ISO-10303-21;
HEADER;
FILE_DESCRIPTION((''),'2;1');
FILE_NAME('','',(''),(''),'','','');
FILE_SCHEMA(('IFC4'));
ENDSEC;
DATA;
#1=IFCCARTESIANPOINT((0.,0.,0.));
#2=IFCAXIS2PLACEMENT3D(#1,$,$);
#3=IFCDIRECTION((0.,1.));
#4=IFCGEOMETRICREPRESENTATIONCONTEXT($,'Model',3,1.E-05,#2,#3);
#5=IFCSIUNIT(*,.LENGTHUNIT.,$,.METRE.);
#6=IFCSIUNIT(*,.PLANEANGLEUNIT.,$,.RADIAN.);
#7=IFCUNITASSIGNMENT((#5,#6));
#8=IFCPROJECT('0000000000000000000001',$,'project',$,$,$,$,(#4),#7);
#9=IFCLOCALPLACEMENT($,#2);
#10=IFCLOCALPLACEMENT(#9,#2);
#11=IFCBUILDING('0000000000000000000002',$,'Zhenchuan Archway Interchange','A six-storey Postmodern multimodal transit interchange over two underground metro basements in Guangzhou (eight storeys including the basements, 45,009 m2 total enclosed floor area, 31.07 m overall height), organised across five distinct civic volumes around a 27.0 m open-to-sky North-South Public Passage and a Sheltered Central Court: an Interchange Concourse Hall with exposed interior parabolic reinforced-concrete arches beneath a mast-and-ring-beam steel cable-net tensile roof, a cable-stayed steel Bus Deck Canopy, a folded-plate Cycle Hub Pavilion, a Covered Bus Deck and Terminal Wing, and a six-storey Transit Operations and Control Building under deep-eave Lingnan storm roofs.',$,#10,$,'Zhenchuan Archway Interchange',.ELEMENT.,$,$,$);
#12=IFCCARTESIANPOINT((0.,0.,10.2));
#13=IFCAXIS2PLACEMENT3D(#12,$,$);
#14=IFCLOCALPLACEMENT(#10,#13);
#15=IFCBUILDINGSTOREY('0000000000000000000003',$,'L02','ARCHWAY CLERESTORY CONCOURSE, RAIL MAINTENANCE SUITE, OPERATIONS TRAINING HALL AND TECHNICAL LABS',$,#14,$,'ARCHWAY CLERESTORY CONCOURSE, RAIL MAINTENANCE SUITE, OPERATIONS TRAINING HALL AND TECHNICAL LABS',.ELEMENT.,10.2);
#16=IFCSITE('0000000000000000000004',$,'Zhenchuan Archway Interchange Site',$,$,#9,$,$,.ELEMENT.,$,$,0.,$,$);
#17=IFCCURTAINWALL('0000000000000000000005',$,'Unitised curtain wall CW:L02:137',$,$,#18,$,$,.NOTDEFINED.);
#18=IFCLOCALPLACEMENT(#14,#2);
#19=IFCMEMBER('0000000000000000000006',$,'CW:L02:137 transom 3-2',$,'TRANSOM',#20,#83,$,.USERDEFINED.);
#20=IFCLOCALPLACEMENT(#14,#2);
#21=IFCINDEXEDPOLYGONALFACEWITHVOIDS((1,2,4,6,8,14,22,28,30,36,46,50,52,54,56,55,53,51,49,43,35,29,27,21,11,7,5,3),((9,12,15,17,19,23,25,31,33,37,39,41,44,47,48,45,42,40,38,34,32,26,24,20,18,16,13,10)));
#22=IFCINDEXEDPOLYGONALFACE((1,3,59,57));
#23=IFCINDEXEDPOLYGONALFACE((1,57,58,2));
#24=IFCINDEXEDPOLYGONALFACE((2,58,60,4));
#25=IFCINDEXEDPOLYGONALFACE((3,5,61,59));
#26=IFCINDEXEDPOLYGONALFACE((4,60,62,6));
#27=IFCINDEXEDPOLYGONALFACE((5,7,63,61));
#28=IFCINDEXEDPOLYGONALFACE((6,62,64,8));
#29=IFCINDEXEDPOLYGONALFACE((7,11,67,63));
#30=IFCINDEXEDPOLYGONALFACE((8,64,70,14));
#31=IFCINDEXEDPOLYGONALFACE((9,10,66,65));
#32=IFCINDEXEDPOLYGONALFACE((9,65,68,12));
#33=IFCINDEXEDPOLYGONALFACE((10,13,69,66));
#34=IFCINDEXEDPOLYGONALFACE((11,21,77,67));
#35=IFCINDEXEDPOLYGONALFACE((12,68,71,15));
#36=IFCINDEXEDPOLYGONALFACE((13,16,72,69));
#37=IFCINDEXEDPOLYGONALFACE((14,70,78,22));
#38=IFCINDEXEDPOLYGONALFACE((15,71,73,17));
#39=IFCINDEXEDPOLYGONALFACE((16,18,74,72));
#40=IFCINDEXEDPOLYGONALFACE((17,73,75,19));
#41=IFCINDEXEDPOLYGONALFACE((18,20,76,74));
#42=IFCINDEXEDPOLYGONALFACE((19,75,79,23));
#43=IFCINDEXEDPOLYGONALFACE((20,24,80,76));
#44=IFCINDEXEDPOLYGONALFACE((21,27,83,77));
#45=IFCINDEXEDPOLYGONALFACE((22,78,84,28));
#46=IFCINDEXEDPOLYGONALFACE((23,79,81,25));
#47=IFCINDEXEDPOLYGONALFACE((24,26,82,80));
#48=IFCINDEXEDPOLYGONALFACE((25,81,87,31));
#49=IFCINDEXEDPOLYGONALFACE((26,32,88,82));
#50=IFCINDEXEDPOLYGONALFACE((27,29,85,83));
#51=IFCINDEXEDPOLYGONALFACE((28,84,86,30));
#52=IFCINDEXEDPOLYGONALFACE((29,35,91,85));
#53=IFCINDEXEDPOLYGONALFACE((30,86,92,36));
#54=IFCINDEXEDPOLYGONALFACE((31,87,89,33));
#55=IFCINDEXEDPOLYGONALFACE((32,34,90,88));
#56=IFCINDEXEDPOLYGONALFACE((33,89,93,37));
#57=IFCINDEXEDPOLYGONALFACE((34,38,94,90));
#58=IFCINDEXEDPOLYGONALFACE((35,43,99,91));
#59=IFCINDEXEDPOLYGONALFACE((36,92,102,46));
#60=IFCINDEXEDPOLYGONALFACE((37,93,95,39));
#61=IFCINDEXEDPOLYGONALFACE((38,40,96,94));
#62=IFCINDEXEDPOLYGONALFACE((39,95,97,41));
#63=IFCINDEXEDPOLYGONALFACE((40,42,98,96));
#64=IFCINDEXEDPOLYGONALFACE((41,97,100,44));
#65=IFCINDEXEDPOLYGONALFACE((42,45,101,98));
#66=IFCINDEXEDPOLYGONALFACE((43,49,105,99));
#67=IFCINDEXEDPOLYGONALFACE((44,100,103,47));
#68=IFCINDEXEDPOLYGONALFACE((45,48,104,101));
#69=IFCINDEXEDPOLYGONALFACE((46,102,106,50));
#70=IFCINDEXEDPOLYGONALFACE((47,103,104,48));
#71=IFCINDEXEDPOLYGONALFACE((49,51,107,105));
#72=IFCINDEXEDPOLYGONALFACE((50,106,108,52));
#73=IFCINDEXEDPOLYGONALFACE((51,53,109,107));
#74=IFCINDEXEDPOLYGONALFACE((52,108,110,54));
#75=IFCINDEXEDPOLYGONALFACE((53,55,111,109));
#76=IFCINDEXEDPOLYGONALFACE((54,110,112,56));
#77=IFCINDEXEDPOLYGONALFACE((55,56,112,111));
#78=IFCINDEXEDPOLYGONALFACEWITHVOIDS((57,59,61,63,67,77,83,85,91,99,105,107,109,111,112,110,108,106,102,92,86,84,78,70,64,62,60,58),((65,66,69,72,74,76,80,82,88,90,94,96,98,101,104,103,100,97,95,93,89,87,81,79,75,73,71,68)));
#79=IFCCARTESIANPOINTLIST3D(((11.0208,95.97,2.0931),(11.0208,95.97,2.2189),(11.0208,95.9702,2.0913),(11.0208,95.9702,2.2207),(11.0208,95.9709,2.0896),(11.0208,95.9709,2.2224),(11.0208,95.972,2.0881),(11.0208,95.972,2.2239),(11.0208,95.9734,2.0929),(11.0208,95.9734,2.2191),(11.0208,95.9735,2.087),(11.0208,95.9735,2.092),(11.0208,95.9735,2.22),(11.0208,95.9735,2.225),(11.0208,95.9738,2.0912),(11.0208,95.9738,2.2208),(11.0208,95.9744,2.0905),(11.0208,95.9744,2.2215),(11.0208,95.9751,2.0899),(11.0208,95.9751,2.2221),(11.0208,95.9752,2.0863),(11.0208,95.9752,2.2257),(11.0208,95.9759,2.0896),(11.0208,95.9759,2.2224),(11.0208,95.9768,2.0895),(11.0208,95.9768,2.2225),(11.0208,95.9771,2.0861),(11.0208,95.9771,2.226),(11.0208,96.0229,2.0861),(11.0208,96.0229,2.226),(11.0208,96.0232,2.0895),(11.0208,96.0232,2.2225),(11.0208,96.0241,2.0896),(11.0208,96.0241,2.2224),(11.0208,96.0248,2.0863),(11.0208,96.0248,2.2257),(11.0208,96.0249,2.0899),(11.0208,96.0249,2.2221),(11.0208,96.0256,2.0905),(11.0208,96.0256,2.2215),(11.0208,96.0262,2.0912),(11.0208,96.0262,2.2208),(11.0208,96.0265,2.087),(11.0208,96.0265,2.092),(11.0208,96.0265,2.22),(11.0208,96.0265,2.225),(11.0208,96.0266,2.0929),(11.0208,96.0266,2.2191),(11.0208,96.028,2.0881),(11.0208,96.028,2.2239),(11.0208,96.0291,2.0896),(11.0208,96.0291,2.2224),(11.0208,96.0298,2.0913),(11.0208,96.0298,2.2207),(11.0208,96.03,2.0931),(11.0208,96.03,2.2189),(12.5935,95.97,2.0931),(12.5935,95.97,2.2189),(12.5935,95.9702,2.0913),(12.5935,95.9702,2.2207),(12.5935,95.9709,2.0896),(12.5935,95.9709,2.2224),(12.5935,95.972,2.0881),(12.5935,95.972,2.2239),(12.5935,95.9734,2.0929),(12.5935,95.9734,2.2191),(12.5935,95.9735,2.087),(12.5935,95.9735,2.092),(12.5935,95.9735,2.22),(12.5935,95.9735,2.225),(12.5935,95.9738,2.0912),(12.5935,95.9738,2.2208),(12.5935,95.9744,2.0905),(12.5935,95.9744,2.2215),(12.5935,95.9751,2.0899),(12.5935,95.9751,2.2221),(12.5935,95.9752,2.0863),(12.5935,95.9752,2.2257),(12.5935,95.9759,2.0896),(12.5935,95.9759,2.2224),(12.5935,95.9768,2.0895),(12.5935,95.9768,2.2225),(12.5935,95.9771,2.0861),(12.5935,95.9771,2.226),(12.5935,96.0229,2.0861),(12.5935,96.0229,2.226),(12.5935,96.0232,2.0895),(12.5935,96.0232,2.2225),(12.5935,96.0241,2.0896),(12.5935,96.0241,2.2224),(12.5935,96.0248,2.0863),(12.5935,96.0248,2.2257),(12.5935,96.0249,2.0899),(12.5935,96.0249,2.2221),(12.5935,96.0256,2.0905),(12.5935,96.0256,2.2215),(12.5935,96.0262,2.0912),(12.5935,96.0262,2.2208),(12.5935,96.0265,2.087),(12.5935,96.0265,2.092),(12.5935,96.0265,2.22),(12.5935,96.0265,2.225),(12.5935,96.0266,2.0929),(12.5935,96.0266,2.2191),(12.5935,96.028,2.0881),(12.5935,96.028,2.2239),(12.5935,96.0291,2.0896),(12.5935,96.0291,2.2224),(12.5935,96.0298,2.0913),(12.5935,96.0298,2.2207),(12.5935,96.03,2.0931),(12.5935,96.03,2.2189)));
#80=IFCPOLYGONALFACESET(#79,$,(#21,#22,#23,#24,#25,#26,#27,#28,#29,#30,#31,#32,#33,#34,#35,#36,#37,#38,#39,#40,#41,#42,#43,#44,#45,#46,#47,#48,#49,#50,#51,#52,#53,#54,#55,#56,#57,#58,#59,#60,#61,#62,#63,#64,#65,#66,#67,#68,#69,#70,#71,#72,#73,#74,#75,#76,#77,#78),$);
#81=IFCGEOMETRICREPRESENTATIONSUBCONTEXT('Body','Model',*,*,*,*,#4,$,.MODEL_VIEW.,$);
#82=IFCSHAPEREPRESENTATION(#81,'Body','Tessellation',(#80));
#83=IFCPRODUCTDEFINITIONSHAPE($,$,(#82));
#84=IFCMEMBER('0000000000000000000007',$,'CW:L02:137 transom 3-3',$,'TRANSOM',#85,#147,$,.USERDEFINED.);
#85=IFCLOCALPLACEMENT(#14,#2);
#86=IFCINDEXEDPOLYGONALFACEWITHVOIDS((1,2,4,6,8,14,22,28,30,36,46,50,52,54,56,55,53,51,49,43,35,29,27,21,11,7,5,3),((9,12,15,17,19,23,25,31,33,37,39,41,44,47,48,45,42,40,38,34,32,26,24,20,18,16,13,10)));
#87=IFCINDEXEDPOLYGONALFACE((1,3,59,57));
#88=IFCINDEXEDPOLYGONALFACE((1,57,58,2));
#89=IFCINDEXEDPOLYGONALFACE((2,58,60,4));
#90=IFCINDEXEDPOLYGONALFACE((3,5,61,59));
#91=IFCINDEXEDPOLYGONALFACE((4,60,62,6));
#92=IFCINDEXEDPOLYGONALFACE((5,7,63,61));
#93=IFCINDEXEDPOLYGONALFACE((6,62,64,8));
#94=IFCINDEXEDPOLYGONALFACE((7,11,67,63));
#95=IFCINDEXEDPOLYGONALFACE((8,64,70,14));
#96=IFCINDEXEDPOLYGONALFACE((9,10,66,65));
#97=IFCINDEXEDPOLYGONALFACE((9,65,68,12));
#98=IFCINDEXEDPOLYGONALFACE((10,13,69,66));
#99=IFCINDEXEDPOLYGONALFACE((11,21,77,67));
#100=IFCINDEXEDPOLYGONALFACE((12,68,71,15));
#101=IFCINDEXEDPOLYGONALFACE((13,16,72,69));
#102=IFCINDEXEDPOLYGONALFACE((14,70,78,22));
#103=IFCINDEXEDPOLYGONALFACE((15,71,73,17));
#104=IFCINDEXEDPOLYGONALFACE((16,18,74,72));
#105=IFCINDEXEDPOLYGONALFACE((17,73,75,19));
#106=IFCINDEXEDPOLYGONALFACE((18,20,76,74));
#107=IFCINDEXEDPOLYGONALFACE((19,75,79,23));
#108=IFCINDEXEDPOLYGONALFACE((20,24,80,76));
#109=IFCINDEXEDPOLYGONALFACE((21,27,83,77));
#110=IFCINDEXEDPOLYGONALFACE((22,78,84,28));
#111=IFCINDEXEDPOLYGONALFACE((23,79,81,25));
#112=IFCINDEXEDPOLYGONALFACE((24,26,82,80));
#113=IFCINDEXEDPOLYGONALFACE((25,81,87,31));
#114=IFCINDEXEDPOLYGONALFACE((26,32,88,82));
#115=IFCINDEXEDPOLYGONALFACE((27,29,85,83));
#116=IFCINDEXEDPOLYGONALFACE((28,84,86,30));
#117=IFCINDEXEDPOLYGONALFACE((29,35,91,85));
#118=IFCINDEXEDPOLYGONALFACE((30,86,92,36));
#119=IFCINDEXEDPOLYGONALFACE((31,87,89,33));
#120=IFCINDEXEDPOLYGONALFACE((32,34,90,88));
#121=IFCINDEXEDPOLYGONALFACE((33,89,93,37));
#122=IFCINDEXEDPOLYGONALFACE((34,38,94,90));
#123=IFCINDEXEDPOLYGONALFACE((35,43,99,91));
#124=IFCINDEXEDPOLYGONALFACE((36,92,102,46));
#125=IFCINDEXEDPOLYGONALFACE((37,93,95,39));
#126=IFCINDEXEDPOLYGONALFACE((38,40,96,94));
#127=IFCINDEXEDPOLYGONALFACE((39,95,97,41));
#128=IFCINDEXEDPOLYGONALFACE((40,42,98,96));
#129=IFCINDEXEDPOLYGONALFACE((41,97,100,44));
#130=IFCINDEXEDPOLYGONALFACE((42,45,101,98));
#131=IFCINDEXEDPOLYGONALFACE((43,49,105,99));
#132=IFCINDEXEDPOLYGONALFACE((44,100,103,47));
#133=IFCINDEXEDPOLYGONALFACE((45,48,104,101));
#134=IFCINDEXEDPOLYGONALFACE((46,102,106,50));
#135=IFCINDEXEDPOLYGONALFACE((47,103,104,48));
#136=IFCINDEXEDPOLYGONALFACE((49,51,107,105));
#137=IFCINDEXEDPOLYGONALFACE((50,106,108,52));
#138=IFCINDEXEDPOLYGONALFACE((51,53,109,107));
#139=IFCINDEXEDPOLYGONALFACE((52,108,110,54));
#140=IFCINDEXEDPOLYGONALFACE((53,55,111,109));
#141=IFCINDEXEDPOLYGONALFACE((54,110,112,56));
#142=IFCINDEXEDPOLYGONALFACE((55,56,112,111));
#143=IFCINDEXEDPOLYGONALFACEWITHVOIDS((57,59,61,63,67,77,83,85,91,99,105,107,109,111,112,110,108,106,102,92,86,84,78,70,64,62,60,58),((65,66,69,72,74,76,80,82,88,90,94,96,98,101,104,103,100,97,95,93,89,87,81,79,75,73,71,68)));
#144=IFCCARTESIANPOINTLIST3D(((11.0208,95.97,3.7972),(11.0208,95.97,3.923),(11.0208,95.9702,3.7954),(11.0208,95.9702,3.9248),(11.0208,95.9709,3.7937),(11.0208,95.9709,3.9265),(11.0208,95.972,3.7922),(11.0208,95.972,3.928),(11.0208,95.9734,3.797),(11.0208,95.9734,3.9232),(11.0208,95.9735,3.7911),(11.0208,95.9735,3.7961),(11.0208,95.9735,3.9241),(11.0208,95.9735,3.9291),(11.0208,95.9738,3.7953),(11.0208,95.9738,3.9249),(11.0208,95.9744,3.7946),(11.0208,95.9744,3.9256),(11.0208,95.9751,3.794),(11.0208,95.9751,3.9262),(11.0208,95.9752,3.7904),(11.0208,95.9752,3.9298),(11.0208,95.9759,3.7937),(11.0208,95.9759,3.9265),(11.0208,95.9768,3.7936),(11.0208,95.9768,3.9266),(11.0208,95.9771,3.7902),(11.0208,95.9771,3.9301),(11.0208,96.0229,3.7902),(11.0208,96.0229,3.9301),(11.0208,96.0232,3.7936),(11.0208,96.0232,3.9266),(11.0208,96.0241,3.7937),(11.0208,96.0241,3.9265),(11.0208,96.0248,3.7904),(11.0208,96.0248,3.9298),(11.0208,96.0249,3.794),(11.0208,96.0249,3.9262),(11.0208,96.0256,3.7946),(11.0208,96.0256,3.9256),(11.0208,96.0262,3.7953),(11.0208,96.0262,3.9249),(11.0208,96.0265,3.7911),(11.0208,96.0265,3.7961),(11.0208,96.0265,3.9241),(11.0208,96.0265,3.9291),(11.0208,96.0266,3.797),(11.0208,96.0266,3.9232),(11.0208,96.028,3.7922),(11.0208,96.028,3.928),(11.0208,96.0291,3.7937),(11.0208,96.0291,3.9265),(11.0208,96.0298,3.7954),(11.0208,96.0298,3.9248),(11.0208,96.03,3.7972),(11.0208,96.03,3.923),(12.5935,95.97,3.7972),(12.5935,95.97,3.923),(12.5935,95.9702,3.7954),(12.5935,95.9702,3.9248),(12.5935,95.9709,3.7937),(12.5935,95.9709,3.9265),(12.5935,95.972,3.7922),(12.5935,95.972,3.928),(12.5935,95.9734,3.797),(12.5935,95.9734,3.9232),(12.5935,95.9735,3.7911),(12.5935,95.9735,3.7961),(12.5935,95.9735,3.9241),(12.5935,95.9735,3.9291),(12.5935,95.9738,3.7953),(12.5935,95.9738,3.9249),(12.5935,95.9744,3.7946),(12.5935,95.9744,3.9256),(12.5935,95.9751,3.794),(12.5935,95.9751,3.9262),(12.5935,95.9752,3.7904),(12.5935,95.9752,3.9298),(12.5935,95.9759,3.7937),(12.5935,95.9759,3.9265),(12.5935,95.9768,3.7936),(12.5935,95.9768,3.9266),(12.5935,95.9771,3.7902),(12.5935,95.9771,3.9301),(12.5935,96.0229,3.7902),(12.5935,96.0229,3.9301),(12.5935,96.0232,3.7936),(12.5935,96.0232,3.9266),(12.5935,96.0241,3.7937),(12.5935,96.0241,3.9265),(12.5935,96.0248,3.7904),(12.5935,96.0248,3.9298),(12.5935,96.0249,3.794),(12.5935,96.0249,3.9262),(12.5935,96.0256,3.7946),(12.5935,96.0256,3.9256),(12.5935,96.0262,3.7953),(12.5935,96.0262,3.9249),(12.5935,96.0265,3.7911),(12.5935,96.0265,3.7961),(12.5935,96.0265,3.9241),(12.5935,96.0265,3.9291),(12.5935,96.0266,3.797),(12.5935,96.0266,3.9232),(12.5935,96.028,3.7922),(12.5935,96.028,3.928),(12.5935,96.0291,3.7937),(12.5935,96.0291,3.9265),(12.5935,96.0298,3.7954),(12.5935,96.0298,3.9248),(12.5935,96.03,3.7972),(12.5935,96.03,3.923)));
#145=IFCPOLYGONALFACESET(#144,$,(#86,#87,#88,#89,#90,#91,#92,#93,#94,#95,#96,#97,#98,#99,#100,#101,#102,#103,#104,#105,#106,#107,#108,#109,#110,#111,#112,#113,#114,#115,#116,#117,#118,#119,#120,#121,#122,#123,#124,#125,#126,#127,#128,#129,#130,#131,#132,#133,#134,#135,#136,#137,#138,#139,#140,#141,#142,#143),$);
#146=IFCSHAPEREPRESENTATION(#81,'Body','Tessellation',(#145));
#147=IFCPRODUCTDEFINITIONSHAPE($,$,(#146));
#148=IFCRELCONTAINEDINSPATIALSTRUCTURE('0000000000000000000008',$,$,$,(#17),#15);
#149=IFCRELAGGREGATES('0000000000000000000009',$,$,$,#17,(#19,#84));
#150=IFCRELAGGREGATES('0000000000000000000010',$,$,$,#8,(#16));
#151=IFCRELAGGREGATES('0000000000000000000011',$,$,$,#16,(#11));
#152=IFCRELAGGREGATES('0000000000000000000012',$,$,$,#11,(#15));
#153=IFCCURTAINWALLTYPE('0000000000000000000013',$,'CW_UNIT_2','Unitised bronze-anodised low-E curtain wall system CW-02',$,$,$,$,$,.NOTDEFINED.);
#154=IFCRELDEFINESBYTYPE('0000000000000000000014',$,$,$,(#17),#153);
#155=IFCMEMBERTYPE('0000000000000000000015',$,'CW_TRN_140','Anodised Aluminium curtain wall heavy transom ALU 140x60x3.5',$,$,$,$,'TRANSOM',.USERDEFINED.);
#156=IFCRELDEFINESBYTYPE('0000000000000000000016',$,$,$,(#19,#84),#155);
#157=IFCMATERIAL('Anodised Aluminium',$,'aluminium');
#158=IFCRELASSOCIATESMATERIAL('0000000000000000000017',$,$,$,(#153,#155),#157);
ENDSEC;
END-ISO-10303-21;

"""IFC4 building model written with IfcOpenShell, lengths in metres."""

from ifc_helpers import new_model, si_unit, direction, frame, origin, origin_2d, place, context, subcontext, project, spatial, hollow_rectangle, extrude, material, material_profile, profile_set, type_object, element, aggregate, save


model = new_model("IFC4")

# Units and contexts
model_context = context("Model", 3, precision=1e-05, world=origin(), true_north=direction((0.0, 1.0)))
body_context = subcontext(model_context, "Body", "Model", "MODEL_VIEW")
ifc_project = project(units=[si_unit("LENGTHUNIT", "METRE"), si_unit("PLANEANGLEUNIT", "RADIAN")], contexts=[model_context])

# Site, building, storey
site_placement = place(None, origin())
site = spatial("IfcSite", under=ifc_project, at=site_placement, Name="Zhenchuan Archway Interchange Site", CompositionType="ELEMENT", RefElevation=0.0)
building_placement = place(site_placement, origin())
building = spatial("IfcBuilding", under=site, at=building_placement, Name="Zhenchuan Archway Interchange", Description="A six-storey Postmodern multimodal transit interchange over two underground metro basements in Guangzhou (eight storeys including the basements, 45,009 m2 total enclosed floor area, 31.07 m overall height), organised across five distinct civic volumes around a 27.0 m open-to-sky North-South Public Passage and a Sheltered Central Court: an Interchange Concourse Hall with exposed interior parabolic reinforced-concrete arches beneath a mast-and-ring-beam steel cable-net tensile roof, a cable-stayed steel Bus Deck Canopy, a folded-plate Cycle Hub Pavilion, a Covered Bus Deck and Terminal Wing, and a six-storey Transit Operations and Control Building under deep-eave Lingnan storm roofs.", LongName="Zhenchuan Archway Interchange", CompositionType="ELEMENT")
storey_placement = place(building_placement, frame((0.0, 0.0, 10.2)))
storey = spatial("IfcBuildingStorey", under=building, at=storey_placement, Name="L02", Description="ARCHWAY CLERESTORY CONCOURSE, RAIL MAINTENANCE SUITE, OPERATIONS TRAINING HALL AND TECHNICAL LABS", LongName="ARCHWAY CLERESTORY CONCOURSE, RAIL MAINTENANCE SUITE, OPERATIONS TRAINING HALL AND TECHNICAL LABS", CompositionType="ELEMENT", Elevation=10.2)

# Curtain wall, members
ifc_material_1 = material(Name="Anodised Aluminium", Category="aluminium")
curtain_wall_type = type_object("IfcCurtainWallType", Name="CW_UNIT_2", Description="Unitised bronze-anodised low-E curtain wall system CW-02", PredefinedType="NOTDEFINED", material=ifc_material_1)
curtain_wall_placement = place(storey_placement, origin())
curtain_wall = element("IfcCurtainWall", 1, at=curtain_wall_placement, inside=storey, type_object=curtain_wall_type, Name="Unitised curtain wall CW:L02:137", PredefinedType="NOTDEFINED")
ifc_material_profile_1 = material_profile(ifc_material_1, hollow_rectangle(XDim=0.0601, YDim=0.1399, WallThickness=0.0034, InnerFilletRadius=0.0034, OuterFilletRadius=0.0071, at=origin_2d()), Name="ALU 140x60x3.5")
ifc_profile_set_1 = profile_set([ifc_material_profile_1], Name="Anodised Aluminium")
member_type_1 = type_object("IfcMemberType", Name="CW_TRN_140", Description="Anodised Aluminium curtain wall heavy transom ALU 140x60x3.5", ElementType="TRANSOM", PredefinedType="USERDEFINED", material=ifc_profile_set_1)
member_1_placement = place(storey_placement, frame((12.5935, 96.0, 2.156), z_axis=(-1.0, 0.0, 0.0), x_axis=(0.0, -1.0, 0.0)))
member_1 = element("IfcMember", 2, at=member_1_placement, type_object=member_type_1, Name="CW:L02:137 transom 3-2", ObjectType="TRANSOM", PredefinedType="USERDEFINED", context=body_context, shape_type="SweptSolid", body=[
    extrude(hollow_rectangle(XDim=0.0601, YDim=0.1399, WallThickness=0.0034, InnerFilletRadius=0.0034, OuterFilletRadius=0.0071, at=origin_2d()), origin(), (0.0, 0.0, 1.0), 1.5728),
])
member_2_placement = place(storey_placement, frame((12.5935, 96.0, 3.8601), z_axis=(-1.0, 0.0, 0.0), x_axis=(0.0, -1.0, 0.0)))
member_2 = element("IfcMember", 3, at=member_2_placement, type_object=member_type_1, Name="CW:L02:137 transom 3-3", ObjectType="TRANSOM", PredefinedType="USERDEFINED", context=body_context, shape_type="SweptSolid", body=[
    extrude(hollow_rectangle(XDim=0.0601, YDim=0.1399, WallThickness=0.0034, InnerFilletRadius=0.0034, OuterFilletRadius=0.0071, at=origin_2d()), origin(), (0.0, 0.0, 1.0), 1.5728),
])

aggregate(curtain_wall, [member_1, member_2])

save(model, "model.ifc")
